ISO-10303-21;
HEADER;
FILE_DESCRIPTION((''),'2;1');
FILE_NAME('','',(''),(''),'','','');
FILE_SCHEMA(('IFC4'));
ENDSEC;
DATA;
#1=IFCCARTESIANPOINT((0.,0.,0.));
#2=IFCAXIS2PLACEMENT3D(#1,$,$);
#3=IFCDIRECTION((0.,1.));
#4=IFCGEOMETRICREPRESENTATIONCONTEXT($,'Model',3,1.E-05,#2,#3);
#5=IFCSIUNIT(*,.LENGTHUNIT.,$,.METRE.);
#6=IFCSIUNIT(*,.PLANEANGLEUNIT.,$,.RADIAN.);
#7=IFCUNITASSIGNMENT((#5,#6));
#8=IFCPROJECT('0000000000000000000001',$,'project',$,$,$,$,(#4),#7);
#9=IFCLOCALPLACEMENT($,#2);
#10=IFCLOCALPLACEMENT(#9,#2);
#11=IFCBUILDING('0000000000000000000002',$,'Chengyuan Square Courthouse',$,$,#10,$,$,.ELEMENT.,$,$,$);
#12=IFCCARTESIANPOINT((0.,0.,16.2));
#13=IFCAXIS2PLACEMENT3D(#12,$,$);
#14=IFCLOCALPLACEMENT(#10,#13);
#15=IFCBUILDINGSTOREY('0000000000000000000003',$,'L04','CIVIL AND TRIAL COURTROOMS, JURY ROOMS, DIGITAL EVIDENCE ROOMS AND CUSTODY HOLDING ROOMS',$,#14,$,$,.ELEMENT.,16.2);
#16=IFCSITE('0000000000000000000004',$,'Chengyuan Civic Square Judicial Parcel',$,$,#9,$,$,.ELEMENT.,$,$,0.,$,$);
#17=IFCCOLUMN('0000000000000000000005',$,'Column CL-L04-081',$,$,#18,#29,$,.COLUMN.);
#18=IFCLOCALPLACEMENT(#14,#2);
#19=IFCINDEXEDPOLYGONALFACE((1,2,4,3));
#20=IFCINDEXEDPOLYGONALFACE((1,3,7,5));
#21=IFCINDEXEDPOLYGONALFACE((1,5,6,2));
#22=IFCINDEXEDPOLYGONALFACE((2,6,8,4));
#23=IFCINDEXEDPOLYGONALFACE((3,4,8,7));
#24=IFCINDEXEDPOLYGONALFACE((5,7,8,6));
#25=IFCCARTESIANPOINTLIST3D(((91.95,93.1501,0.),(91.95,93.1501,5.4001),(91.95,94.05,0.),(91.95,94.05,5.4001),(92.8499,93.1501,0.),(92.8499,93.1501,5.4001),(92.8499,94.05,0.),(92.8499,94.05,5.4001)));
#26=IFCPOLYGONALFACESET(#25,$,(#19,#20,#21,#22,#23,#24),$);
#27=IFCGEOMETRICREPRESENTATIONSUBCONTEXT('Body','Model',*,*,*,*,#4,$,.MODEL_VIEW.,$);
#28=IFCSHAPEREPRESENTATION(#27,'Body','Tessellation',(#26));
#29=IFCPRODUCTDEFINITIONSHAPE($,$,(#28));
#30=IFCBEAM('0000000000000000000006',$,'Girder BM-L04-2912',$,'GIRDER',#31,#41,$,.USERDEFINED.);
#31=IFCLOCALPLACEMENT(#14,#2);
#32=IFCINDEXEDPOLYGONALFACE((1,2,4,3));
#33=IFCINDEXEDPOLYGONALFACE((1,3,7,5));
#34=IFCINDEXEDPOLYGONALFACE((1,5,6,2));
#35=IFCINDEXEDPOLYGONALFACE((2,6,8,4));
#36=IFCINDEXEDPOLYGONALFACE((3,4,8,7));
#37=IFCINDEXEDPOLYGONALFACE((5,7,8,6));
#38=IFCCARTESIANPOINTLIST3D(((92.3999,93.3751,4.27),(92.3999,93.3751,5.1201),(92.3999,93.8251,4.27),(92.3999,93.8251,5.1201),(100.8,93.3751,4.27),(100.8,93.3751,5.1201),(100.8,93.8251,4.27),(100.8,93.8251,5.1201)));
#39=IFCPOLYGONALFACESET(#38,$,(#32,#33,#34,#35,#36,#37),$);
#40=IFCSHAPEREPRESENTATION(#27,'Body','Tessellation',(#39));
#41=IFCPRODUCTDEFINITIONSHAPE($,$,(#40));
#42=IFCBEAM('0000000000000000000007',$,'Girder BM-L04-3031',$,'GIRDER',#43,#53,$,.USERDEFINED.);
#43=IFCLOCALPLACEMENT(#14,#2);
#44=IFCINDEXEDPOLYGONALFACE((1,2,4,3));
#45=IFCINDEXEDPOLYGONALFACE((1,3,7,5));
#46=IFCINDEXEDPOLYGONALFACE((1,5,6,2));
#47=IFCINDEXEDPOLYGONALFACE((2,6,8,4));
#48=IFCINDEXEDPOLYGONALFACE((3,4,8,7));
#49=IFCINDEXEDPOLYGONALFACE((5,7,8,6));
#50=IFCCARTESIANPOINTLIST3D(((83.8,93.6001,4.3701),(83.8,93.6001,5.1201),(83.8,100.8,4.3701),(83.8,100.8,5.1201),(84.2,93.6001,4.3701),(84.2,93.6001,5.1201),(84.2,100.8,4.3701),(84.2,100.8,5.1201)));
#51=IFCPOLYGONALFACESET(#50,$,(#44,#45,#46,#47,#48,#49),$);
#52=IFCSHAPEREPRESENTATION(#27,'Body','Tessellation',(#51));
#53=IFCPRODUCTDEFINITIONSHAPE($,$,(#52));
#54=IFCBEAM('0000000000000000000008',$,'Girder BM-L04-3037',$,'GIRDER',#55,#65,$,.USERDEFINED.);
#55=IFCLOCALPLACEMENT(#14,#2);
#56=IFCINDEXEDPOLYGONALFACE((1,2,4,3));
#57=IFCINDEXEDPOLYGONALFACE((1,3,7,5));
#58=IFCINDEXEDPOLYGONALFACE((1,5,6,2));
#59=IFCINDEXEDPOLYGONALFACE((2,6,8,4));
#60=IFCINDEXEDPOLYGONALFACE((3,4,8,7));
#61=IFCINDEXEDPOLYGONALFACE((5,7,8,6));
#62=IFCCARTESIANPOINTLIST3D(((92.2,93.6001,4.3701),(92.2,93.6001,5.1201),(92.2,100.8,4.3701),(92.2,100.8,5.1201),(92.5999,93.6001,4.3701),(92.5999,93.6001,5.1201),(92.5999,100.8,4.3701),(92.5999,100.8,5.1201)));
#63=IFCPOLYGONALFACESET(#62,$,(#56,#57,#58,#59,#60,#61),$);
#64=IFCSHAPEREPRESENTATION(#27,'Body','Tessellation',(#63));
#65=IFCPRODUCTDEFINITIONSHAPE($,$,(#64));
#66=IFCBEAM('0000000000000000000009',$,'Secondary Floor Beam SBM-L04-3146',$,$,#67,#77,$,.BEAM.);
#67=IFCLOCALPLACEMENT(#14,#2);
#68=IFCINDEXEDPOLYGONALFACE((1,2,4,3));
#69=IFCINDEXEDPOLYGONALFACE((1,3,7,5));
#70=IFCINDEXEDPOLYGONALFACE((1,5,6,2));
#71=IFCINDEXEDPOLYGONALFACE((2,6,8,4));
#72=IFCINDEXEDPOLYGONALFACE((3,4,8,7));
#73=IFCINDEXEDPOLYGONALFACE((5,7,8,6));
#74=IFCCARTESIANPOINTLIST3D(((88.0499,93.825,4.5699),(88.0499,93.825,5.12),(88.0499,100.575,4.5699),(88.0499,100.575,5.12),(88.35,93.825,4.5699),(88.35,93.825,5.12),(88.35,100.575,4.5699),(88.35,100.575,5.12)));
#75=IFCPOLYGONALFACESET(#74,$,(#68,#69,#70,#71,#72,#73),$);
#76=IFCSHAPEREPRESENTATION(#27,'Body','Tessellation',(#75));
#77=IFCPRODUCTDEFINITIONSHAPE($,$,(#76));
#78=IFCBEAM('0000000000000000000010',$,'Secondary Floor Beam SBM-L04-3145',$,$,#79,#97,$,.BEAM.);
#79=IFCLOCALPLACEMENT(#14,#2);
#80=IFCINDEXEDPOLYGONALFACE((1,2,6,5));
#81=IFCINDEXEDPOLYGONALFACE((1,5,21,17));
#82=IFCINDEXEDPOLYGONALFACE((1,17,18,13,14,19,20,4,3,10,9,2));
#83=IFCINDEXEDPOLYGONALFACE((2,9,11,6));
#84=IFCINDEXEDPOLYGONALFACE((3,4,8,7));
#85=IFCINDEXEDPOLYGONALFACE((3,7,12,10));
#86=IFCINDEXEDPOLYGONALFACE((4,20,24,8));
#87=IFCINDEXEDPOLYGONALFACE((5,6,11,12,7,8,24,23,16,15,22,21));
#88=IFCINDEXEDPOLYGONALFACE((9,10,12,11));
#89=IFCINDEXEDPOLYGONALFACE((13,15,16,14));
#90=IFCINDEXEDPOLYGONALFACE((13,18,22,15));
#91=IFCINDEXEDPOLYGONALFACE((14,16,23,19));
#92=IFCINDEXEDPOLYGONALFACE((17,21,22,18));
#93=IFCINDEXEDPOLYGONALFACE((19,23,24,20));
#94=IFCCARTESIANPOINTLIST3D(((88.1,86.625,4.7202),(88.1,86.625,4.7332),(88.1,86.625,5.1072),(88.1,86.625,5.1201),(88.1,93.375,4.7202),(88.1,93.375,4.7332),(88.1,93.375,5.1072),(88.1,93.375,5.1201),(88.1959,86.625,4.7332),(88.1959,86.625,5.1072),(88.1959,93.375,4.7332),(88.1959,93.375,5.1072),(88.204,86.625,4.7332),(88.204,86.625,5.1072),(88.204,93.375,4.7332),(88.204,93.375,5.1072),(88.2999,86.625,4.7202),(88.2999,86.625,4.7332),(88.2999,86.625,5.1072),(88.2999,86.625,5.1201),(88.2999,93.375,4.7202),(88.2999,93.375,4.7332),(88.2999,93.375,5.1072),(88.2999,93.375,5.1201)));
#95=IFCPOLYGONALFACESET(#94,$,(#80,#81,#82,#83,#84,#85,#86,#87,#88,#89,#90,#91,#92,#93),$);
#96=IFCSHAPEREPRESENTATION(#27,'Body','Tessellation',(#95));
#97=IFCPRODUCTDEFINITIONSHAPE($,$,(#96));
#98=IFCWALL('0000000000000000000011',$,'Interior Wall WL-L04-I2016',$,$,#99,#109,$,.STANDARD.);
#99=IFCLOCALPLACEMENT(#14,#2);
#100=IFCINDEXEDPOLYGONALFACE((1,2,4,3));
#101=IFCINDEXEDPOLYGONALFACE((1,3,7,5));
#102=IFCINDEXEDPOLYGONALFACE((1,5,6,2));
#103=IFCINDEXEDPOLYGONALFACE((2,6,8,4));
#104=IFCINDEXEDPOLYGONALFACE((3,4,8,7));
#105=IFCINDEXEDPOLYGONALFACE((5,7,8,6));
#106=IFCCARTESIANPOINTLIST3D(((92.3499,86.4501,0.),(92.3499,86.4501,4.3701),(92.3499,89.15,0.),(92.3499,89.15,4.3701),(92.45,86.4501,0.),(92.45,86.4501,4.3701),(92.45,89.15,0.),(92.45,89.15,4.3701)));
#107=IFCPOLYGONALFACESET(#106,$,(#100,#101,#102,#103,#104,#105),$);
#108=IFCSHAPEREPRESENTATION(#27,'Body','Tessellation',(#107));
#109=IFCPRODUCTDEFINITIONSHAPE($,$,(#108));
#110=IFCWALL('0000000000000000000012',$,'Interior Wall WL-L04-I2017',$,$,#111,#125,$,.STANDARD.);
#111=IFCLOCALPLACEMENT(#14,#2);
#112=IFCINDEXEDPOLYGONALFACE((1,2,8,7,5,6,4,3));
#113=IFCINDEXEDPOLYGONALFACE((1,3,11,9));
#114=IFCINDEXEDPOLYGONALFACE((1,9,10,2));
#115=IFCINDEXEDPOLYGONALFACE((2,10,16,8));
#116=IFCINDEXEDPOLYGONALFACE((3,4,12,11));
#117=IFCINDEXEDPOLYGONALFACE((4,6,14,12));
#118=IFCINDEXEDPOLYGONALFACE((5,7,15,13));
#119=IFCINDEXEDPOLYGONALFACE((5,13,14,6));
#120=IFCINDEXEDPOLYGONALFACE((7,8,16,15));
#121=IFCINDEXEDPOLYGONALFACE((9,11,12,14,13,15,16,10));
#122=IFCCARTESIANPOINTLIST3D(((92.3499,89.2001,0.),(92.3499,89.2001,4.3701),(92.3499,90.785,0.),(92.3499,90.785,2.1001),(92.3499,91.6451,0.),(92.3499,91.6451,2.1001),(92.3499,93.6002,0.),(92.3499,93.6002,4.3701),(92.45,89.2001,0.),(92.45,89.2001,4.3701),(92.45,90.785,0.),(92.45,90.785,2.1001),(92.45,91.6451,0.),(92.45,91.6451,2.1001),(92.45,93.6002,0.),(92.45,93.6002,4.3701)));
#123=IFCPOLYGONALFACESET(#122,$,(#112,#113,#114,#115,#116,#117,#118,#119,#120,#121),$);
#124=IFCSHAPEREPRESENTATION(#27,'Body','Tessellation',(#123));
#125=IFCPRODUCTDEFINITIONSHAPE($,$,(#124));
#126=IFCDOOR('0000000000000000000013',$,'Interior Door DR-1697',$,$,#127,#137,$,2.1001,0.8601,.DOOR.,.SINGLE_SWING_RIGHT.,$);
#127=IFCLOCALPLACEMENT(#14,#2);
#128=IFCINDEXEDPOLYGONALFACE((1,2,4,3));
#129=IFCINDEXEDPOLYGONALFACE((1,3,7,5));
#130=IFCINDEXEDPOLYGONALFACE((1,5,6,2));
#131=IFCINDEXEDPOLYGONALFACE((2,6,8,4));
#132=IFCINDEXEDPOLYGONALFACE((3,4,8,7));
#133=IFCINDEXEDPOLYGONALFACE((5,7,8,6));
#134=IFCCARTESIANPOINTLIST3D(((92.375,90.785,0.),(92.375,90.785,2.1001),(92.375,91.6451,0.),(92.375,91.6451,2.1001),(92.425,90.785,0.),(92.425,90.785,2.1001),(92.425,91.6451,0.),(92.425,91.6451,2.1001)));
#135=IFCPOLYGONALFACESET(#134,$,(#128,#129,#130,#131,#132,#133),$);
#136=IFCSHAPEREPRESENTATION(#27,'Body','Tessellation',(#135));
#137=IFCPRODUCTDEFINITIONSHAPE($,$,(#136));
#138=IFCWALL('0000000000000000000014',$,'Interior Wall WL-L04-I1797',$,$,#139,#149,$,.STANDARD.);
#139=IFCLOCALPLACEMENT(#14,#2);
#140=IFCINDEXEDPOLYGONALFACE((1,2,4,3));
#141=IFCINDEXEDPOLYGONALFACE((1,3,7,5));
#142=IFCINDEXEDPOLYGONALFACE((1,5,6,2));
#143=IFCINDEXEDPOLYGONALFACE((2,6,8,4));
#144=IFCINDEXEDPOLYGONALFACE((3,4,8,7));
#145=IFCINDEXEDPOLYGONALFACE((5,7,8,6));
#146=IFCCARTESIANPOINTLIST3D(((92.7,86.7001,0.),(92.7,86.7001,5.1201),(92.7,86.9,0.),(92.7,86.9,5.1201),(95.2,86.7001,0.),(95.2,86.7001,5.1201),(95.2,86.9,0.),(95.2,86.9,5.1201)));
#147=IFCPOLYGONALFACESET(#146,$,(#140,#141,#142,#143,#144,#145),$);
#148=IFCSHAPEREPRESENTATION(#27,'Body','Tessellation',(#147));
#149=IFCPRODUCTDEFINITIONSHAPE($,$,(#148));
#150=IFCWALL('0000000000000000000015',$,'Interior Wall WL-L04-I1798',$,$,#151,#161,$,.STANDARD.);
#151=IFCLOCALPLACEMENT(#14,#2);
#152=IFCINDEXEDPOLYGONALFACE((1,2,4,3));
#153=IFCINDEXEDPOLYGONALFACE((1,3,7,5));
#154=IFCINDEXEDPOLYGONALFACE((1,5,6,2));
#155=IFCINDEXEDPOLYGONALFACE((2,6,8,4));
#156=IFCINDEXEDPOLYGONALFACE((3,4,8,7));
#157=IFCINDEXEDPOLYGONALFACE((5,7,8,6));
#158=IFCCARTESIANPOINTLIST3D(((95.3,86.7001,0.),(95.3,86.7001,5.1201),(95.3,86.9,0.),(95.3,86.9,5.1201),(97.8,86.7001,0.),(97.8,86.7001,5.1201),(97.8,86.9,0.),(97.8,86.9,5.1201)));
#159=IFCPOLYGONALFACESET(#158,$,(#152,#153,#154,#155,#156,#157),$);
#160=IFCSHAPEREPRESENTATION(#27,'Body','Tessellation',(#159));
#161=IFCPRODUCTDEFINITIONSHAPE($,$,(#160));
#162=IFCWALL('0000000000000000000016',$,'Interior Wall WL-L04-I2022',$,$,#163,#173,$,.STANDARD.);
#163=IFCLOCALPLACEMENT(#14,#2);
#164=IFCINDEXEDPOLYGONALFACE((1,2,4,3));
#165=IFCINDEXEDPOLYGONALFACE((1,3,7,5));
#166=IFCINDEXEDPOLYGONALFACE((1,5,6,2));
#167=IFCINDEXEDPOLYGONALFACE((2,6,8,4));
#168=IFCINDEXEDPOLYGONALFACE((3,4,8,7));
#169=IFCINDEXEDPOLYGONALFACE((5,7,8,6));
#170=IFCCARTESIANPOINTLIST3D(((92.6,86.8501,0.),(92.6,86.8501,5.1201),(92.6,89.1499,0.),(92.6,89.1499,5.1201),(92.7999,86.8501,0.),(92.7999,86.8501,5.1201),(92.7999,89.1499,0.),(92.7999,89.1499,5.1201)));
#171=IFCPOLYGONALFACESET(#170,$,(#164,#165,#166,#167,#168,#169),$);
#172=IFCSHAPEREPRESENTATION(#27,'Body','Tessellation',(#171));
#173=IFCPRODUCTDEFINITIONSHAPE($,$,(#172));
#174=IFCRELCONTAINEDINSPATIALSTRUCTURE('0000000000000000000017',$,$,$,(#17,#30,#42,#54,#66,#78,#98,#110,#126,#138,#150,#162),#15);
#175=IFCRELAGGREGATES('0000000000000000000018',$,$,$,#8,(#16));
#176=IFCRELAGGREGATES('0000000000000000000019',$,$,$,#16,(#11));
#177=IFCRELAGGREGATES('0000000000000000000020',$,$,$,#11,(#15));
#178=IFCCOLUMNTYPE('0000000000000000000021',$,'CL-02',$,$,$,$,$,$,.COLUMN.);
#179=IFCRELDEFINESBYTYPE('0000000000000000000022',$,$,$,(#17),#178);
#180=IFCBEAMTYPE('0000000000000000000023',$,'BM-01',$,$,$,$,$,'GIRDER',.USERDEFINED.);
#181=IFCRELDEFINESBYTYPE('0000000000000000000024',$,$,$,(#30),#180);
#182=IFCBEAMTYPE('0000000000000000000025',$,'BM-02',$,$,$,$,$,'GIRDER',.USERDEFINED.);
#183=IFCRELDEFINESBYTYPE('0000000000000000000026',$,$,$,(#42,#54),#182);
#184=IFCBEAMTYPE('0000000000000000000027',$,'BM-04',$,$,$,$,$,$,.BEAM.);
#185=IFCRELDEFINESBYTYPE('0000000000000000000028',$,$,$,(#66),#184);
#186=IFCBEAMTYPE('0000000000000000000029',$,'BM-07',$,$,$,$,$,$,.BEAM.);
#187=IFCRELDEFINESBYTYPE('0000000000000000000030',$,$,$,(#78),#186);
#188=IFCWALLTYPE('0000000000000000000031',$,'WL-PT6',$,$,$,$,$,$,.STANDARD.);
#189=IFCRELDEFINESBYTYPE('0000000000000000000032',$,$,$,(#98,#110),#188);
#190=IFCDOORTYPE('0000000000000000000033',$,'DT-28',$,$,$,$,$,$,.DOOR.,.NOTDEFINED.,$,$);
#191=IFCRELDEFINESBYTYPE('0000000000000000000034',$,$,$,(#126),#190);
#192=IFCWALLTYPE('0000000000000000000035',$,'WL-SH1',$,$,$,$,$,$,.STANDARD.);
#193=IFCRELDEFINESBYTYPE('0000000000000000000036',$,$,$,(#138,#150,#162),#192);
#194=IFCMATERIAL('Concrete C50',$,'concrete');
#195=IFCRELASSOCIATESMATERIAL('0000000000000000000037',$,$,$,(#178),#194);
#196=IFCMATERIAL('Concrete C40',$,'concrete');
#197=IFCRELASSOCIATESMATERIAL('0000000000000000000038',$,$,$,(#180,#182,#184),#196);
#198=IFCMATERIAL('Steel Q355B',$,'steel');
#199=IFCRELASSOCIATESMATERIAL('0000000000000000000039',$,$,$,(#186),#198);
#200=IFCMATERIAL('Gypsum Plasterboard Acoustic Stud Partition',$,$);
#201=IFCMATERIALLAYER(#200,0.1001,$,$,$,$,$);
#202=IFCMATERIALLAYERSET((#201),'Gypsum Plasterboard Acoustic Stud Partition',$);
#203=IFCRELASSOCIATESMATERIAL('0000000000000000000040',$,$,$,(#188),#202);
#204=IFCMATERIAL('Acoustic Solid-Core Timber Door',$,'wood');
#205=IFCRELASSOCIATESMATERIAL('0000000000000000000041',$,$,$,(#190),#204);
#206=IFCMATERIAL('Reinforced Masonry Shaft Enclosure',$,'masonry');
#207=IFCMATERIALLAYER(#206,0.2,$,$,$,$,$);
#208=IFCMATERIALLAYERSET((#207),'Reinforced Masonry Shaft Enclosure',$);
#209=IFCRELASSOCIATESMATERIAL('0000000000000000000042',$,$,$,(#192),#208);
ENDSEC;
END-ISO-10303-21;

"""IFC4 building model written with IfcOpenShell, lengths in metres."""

from ifc_helpers import new_model, si_unit, direction, frame, frame_2d, origin, origin_2d, place, context, subcontext, project, spatial, rectangle, i_section, extrude, material, layer, layer_set, material_profile, profile_set, type_object, element, fill, save


model = new_model("IFC4")

# Units and contexts
model_context = context("Model", 3, precision=1e-05, world=origin(), true_north=direction((0.0, 1.0)))
body_context = subcontext(model_context, "Body", "Model", "MODEL_VIEW")
ifc_project = project(units=[si_unit("LENGTHUNIT", "METRE"), si_unit("PLANEANGLEUNIT", "RADIAN")], contexts=[model_context])

# Site, building, storey
site_placement = place(None, origin())
site = spatial("IfcSite", under=ifc_project, at=site_placement, Name="Chengyuan Civic Square Judicial Parcel", CompositionType="ELEMENT", RefElevation=0.0)
building_placement = place(site_placement, origin())
building = spatial("IfcBuilding", under=site, at=building_placement, Name="Chengyuan Square Courthouse", CompositionType="ELEMENT")
storey_placement = place(building_placement, frame((0.0, 0.0, 16.2)))
storey = spatial("IfcBuildingStorey", under=building, at=storey_placement, Name="L04", Description="CIVIL AND TRIAL COURTROOMS, JURY ROOMS, DIGITAL EVIDENCE ROOMS AND CUSTODY HOLDING ROOMS", CompositionType="ELEMENT", Elevation=16.2)

# Column
ifc_material_1 = material(Name="Concrete C50", Category="concrete")
ifc_material_profile_1 = material_profile(ifc_material_1, rectangle(XDim=0.8999, YDim=0.8999, at=origin_2d()), Name="RC-COL-900x900")
ifc_profile_set_1 = profile_set([ifc_material_profile_1], Name="Concrete C50")
column_type = type_object("IfcColumnType", Name="CL-02", PredefinedType="COLUMN", material=ifc_profile_set_1)
column_placement = place(storey_placement, frame((92.3999, 93.6001, 0.0), z_axis=(0.0, 0.0, 1.0), x_axis=(1.0, 0.0, 0.0)))
element("IfcColumn", 1, at=column_placement, inside=storey, type_object=column_type, Name="Column CL-L04-081", PredefinedType="COLUMN", context=body_context, shape_type="SweptSolid", body=[
    extrude(rectangle(XDim=0.8999, YDim=0.8999, at=origin_2d()), origin(), (0.0, 0.0, 1.0), 5.4001),
])

# Beams
ifc_material_2 = material(Name="Concrete C40", Category="concrete")
ifc_material_profile_2 = material_profile(ifc_material_2, rectangle(XDim=0.45, YDim=0.8501, at=origin_2d()), Name="RC-BM-450x850")
ifc_profile_set_2 = profile_set([ifc_material_profile_2], Name="Concrete C40")
beam_type_1 = type_object("IfcBeamType", Name="BM-01", ElementType="GIRDER", PredefinedType="USERDEFINED", material=ifc_profile_set_2)
beam_1_placement = place(storey_placement, frame((92.3999, 93.6001, 4.6951), z_axis=(1.0, 0.0, 0.0), x_axis=(0.0, 1.0, 0.0)))
element("IfcBeam", 2, at=beam_1_placement, inside=storey, type_object=beam_type_1, Name="Girder BM-L04-2912", ObjectType="GIRDER", PredefinedType="USERDEFINED", context=body_context, shape_type="SweptSolid", body=[
    extrude(rectangle(XDim=0.45, YDim=0.8501, at=origin_2d()), origin(), (0.0, 0.0, 1.0), 8.4001),
])
ifc_material_profile_3 = material_profile(ifc_material_2, rectangle(XDim=0.3999, YDim=0.75, at=origin_2d()), Name="RC-BM-400x750")
ifc_profile_set_3 = profile_set([ifc_material_profile_3], Name="Concrete C40")
beam_type_2 = type_object("IfcBeamType", Name="BM-02", ElementType="GIRDER", PredefinedType="USERDEFINED", material=ifc_profile_set_3)
for number, where, z_axis, x_axis, name in (
    (3, (84.0, 93.6001, 4.7451), (0.0, 1.0, 0.0), (-1.0, 0.0, 0.0), "Girder BM-L04-3031"),
    (4, (92.3999, 93.6001, 4.7451), (0.0, 1.0, 0.0), (-1.0, 0.0, 0.0), "Girder BM-L04-3037"),
):
    element("IfcBeam", number, at=place(storey_placement, frame(where, z_axis=z_axis, x_axis=x_axis)), inside=storey, type_object=beam_type_2, Name=name, ObjectType="GIRDER", PredefinedType="USERDEFINED", context=body_context, shape_type="SweptSolid", body=[
        extrude(rectangle(XDim=0.3999, YDim=0.75, at=origin_2d()), origin(), (0.0, 0.0, 1.0), 7.2),
    ])
ifc_material_profile_4 = material_profile(ifc_material_2, rectangle(XDim=0.3, YDim=0.55, at=origin_2d()), Name="RC-BM-300x550")
ifc_profile_set_4 = profile_set([ifc_material_profile_4], Name="Concrete C40")
beam_type_3 = type_object("IfcBeamType", Name="BM-04", PredefinedType="BEAM", material=ifc_profile_set_4)
beam_2_placement = place(storey_placement, frame((88.2, 93.825, 4.845), z_axis=(0.0, 1.0, 0.0), x_axis=(-1.0, 0.0, 0.0)))
element("IfcBeam", 5, at=beam_2_placement, inside=storey, type_object=beam_type_3, Name="Secondary Floor Beam SBM-L04-3146", PredefinedType="BEAM", context=body_context, shape_type="SweptSolid", body=[
    extrude(rectangle(XDim=0.3, YDim=0.55, at=origin_2d()), origin(), (0.0, 0.0, 1.0), 6.75),
])
ifc_material_3 = material(Name="Steel Q355B", Category="steel")
ifc_material_profile_5 = material_profile(ifc_material_3, i_section(OverallWidth=0.2, OverallDepth=0.3999, WebThickness=0.0081, FlangeThickness=0.0129, at=origin_2d()), Name="HN 400x200x8x13")
ifc_profile_set_5 = profile_set([ifc_material_profile_5], Name="Steel Q355B")
beam_type_4 = type_object("IfcBeamType", Name="BM-07", PredefinedType="BEAM", material=ifc_profile_set_5)
beam_3_placement = place(storey_placement, frame((88.2, 86.625, 4.9202), z_axis=(0.0, 1.0, 0.0), x_axis=(-1.0, 0.0, 0.0)))
element("IfcBeam", 6, at=beam_3_placement, inside=storey, type_object=beam_type_4, Name="Secondary Floor Beam SBM-L04-3145", PredefinedType="BEAM", context=body_context, shape_type="SweptSolid", body=[
    extrude(i_section(OverallWidth=0.2, OverallDepth=0.3999, WebThickness=0.0081, FlangeThickness=0.0129, at=origin_2d()), origin(), (0.0, 0.0, 1.0), 6.75),
])

# Wall
ifc_material_4 = material(Name="Gypsum Plasterboard Acoustic Stud Partition")
ifc_layer_1 = layer(ifc_material_4, 0.1001)
ifc_layer_set_1 = layer_set([ifc_layer_1], Name="Gypsum Plasterboard Acoustic Stud Partition")
wall_type_1 = type_object("IfcWallType", Name="WL-PT6", PredefinedType="STANDARD", material=ifc_layer_set_1)
wall_1_placement = place(storey_placement, frame((92.3999, 86.45, 0.0), z_axis=(0.0, 0.0, 1.0), x_axis=(0.0, 1.0, 0.0)))
element("IfcWall", 7, at=wall_1_placement, inside=storey, type_object=wall_type_1, Name="Interior Wall WL-L04-I2016", PredefinedType="STANDARD", context=body_context, shape_type="SweptSolid", body=[
    extrude(rectangle(XDim=2.7, YDim=0.1001, at=frame_2d((1.3501, 0.0))), origin(), (0.0, 0.0, 1.0), 4.3701),
])

# Wall, opening, door
wall_2_placement = place(storey_placement, frame((92.3999, 89.2, 0.0), z_axis=(0.0, 0.0, 1.0), x_axis=(0.0, 1.0, 0.0)))
wall_2 = element("IfcWall", 8, at=wall_2_placement, inside=storey, type_object=wall_type_1, Name="Interior Wall WL-L04-I2017", PredefinedType="STANDARD", context=body_context, shape_type="SweptSolid", body=[
    extrude(rectangle(XDim=4.4001, YDim=0.1001, at=frame_2d((2.2002, 0.0))), origin(), (0.0, 0.0, 1.0), 4.3701),
])
opening_1_placement = place(wall_2_placement, frame((1.585, 0.0, 0.0)))
opening_1 = element("IfcOpeningElement", 9, at=opening_1_placement, cuts=wall_2, PredefinedType="OPENING", context=body_context, shape_type="SweptSolid", body=[
    extrude(rectangle(XDim=0.8601, YDim=2.1001, at=frame_2d((0.4302, 1.05))), frame((0.0, 0.062, 0.0), z_axis=(0.0, -1.0, 0.0), x_axis=(1.0, 0.0, 0.0)), (0.0, 0.0, 1.0), 0.124),
])
ifc_material_5 = material(Name="Acoustic Solid-Core Timber Door", Category="wood")
door_type_1 = type_object("IfcDoorType", Name="DT-28", OperationType="NOTDEFINED", PredefinedType="DOOR", material=ifc_material_5)
door_1_placement = place(opening_1_placement, origin())
door_1 = element("IfcDoor", 10, at=door_1_placement, inside=storey, type_object=door_type_1, Name="Interior Door DR-1697", OperationType="SINGLE_SWING_RIGHT", OverallHeight=2.1001, OverallWidth=0.8601, PredefinedType="DOOR", context=body_context, shape_type="SweptSolid", body=[
    extrude(rectangle(XDim=0.8601, YDim=2.1001, at=frame_2d((0.4302, 1.05))), frame((0.0, 0.0249, 0.0), z_axis=(0.0, -1.0, 0.0), x_axis=(1.0, 0.0, 0.0)), (0.0, 0.0, 1.0), 0.05),
])
fill(opening_1, door_1)

# Walls
ifc_material_6 = material(Name="Reinforced Masonry Shaft Enclosure", Category="masonry")
ifc_layer_2 = layer(ifc_material_6, 0.2)
ifc_layer_set_2 = layer_set([ifc_layer_2], Name="Reinforced Masonry Shaft Enclosure")
wall_type_2 = type_object("IfcWallType", Name="WL-SH1", PredefinedType="STANDARD", material=ifc_layer_set_2)
for number, where, z_axis, x_axis, name in (
    (11, (92.7, 86.8, 0.0), (0.0, 0.0, 1.0), (1.0, 0.0, 0.0), "Interior Wall WL-L04-I1797"),
    (12, (95.3, 86.8, 0.0), (0.0, 0.0, 1.0), (1.0, 0.0, 0.0), "Interior Wall WL-L04-I1798"),
):
    element("IfcWall", number, at=place(storey_placement, frame(where, z_axis=z_axis, x_axis=x_axis)), inside=storey, type_object=wall_type_2, Name=name, PredefinedType="STANDARD", context=body_context, shape_type="SweptSolid", body=[
        extrude(rectangle(XDim=2.5, YDim=0.2, at=frame_2d((1.25, 0.0))), origin(), (0.0, 0.0, 1.0), 5.1201),
    ])

# Wall
wall_3_placement = place(storey_placement, frame((92.7, 86.8501, 0.0), z_axis=(0.0, 0.0, 1.0), x_axis=(0.0, 1.0, 0.0)))
element("IfcWall", 13, at=wall_3_placement, inside=storey, type_object=wall_type_2, Name="Interior Wall WL-L04-I2022", PredefinedType="STANDARD", context=body_context, shape_type="SweptSolid", body=[
    extrude(rectangle(XDim=2.2998, YDim=0.2, at=frame_2d((1.1499, 0.0))), origin(), (0.0, 0.0, 1.0), 5.1201),
])

save(model, "model.ifc")
